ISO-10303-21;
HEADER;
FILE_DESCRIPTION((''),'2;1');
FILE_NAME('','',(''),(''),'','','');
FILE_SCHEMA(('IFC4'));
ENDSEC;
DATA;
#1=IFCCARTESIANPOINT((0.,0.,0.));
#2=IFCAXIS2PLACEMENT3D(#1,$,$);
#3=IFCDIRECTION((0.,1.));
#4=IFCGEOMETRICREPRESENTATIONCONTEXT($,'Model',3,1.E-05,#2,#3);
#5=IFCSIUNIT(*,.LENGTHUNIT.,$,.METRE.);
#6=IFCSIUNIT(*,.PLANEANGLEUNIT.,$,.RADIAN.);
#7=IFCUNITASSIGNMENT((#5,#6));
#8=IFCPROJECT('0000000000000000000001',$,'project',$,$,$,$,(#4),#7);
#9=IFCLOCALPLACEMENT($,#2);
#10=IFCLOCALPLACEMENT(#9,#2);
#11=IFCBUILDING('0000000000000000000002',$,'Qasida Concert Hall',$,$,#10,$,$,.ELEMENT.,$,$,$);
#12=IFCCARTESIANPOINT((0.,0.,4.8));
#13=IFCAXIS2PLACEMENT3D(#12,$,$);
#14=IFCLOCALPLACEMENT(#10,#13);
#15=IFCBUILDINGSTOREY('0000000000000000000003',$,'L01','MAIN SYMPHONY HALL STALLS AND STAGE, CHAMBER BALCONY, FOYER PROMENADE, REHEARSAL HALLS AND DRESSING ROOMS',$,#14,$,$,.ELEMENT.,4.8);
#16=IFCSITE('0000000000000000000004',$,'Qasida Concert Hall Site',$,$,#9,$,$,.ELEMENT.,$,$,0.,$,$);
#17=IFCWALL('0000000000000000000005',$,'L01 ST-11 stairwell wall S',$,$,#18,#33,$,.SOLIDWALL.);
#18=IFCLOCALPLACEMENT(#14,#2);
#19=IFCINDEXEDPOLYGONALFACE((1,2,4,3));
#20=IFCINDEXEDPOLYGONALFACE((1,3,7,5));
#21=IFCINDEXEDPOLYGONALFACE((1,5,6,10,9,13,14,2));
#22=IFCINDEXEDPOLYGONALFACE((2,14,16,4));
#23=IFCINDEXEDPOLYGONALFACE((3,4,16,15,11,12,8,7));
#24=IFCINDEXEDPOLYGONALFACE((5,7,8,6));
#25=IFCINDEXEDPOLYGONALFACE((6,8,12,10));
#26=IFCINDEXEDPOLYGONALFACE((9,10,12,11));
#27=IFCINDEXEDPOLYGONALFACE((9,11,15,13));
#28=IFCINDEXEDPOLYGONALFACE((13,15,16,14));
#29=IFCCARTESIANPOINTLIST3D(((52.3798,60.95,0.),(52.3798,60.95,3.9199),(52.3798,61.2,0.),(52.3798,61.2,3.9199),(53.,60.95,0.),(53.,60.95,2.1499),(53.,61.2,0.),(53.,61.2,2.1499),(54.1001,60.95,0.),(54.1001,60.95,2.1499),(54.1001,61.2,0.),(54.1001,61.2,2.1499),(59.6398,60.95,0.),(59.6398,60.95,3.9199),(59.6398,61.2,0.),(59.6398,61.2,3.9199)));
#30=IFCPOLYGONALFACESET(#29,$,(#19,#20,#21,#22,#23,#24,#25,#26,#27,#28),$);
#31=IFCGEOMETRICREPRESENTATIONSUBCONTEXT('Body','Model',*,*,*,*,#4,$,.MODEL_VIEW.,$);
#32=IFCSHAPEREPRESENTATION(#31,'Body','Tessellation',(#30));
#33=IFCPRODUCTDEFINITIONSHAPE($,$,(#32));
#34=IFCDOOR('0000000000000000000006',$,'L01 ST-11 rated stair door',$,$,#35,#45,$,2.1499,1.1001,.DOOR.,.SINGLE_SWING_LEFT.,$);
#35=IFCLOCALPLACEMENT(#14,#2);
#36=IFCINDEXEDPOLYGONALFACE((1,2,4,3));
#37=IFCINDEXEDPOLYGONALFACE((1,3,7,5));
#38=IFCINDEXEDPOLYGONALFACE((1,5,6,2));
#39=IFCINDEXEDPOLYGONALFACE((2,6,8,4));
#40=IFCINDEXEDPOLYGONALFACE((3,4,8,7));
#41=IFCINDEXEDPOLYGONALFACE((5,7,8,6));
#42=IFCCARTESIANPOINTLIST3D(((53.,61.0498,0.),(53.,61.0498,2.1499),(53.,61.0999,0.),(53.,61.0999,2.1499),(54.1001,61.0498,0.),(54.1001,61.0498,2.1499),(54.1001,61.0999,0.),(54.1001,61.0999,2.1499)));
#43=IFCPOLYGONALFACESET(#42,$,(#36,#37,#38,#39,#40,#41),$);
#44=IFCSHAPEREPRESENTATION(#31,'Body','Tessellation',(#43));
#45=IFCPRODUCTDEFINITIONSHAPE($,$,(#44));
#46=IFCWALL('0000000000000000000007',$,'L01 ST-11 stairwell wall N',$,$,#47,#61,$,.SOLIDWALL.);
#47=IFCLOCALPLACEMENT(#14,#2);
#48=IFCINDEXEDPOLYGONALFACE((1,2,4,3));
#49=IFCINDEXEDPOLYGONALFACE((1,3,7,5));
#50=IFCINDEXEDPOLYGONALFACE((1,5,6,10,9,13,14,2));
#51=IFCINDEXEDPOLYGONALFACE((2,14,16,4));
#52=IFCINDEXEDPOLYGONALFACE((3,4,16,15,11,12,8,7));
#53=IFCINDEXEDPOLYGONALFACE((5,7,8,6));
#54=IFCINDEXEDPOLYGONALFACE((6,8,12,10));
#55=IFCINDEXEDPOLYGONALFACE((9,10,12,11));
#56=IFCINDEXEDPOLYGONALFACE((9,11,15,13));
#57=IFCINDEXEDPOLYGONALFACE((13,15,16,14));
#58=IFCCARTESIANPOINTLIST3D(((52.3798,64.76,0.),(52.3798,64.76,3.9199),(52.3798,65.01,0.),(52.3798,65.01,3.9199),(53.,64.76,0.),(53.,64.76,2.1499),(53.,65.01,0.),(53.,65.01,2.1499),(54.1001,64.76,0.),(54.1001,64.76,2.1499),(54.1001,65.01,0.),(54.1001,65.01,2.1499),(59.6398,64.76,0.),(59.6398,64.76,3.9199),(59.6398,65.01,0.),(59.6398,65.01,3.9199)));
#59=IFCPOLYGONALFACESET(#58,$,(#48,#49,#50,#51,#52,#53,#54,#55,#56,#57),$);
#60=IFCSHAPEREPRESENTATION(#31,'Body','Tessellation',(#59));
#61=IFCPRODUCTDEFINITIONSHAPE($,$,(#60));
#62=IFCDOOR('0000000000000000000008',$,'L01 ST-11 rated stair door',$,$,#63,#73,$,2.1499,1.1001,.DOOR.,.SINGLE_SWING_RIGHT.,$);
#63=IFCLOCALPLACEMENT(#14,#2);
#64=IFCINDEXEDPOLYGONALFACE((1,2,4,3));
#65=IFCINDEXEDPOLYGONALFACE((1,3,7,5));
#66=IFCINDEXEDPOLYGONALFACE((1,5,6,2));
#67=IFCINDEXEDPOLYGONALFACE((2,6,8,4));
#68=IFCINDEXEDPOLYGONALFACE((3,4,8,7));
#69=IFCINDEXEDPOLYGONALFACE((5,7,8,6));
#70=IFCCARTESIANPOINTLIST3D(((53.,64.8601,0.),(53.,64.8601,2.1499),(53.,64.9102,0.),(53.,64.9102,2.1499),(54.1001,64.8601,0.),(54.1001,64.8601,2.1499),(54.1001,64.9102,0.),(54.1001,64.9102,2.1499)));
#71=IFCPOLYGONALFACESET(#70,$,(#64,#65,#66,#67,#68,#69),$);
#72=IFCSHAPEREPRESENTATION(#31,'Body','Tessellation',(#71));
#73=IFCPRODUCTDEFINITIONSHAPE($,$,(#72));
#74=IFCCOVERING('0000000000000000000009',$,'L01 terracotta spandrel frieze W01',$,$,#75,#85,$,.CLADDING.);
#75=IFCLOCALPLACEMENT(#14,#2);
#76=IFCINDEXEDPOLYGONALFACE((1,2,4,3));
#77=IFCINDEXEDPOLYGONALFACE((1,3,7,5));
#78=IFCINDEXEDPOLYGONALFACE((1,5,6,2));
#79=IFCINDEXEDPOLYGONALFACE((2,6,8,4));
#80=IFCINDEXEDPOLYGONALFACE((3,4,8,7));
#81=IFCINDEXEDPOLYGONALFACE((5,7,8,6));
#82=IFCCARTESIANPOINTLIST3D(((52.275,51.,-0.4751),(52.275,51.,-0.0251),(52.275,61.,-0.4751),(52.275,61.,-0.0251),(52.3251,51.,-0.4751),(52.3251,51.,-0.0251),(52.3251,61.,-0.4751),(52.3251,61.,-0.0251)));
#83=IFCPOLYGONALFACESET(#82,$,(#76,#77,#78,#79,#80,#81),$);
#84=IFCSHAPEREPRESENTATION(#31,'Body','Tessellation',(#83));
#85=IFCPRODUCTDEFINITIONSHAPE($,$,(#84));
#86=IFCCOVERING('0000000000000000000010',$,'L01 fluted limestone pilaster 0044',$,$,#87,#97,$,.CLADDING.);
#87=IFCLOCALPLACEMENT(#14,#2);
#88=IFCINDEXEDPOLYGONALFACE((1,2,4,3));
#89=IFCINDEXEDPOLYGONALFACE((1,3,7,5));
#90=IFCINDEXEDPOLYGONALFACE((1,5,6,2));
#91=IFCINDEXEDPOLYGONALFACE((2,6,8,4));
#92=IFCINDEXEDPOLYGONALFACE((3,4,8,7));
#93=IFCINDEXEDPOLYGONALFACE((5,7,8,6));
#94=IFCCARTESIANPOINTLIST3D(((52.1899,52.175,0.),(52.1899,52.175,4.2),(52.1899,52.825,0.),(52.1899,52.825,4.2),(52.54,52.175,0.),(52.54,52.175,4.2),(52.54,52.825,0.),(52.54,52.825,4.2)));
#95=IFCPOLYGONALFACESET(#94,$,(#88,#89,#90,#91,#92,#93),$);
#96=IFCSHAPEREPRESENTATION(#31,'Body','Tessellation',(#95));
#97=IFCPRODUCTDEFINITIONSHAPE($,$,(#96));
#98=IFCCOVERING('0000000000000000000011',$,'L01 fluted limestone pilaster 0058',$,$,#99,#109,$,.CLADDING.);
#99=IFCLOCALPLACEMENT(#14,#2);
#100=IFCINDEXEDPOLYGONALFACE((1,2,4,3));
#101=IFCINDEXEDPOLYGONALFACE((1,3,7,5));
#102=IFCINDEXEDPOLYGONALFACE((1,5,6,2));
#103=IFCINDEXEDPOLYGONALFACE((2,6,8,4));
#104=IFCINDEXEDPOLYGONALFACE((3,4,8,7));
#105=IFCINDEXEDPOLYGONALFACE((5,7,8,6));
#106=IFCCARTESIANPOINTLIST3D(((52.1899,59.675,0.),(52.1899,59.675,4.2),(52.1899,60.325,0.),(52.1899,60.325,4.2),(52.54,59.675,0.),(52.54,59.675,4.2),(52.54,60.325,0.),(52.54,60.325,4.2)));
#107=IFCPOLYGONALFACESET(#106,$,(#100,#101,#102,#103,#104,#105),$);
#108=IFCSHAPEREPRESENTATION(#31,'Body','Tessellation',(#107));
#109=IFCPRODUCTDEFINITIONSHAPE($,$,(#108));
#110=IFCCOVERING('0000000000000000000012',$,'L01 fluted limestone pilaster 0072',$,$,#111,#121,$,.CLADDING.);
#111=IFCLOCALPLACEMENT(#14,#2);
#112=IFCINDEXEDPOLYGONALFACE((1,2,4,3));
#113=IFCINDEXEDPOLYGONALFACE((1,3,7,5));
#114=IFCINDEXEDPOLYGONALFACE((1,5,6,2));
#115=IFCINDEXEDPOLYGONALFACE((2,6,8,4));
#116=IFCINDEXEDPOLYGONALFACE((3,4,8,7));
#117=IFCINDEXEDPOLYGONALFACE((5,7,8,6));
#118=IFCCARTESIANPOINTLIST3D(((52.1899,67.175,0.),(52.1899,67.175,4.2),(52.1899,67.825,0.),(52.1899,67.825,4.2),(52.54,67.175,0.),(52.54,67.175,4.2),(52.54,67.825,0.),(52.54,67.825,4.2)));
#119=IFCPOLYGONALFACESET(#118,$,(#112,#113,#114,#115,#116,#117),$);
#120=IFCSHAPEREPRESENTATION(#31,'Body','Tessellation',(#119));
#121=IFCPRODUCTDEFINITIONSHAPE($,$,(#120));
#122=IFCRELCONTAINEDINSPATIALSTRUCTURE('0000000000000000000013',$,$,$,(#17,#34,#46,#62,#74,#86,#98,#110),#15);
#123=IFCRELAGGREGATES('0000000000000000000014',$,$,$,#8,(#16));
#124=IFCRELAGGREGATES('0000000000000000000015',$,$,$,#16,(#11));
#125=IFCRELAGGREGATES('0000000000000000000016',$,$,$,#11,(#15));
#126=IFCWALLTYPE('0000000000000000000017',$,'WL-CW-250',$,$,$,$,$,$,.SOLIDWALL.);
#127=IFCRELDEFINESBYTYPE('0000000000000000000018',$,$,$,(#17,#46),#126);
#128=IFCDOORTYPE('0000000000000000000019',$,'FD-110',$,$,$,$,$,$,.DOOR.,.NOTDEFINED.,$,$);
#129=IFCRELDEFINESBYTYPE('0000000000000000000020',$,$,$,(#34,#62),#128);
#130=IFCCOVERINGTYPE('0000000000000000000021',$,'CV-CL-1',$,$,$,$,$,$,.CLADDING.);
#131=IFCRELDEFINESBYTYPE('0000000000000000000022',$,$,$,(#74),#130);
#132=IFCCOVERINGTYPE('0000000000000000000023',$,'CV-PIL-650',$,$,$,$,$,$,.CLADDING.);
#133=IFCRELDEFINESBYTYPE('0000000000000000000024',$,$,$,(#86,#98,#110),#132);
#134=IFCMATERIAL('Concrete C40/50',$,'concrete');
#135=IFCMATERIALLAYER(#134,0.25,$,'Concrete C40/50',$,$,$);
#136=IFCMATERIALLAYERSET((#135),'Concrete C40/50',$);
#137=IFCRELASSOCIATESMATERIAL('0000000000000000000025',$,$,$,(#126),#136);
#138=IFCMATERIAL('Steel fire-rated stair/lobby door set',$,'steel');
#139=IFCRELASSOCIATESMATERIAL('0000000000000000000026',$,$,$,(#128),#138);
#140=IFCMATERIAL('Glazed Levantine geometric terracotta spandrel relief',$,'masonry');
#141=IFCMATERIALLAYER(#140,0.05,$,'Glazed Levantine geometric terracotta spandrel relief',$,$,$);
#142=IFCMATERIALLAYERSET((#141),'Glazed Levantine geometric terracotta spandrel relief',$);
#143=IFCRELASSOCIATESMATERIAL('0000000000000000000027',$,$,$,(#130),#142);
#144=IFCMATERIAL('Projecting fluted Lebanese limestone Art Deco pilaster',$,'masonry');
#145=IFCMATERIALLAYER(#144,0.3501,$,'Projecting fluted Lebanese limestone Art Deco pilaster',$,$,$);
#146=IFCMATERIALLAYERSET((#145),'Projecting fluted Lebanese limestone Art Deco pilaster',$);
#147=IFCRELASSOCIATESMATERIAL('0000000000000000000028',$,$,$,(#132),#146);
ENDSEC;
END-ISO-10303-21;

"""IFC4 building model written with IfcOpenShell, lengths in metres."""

from ifc_helpers import new_model, si_unit, direction, frame, frame_2d, origin, origin_2d, place, context, subcontext, project, spatial, rectangle, extrude, material, layer, layer_set, type_object, element, fill, save


model = new_model("IFC4")

# Units and contexts
model_context = context("Model", 3, precision=1e-05, world=origin(), true_north=direction((0.0, 1.0)))
body_context = subcontext(model_context, "Body", "Model", "MODEL_VIEW")
ifc_project = project(units=[si_unit("LENGTHUNIT", "METRE"), si_unit("PLANEANGLEUNIT", "RADIAN")], contexts=[model_context])

# Site, building, storey
site_placement = place(None, origin())
site = spatial("IfcSite", under=ifc_project, at=site_placement, Name="Qasida Concert Hall Site", CompositionType="ELEMENT", RefElevation=0.0)
building_placement = place(site_placement, origin())
building = spatial("IfcBuilding", under=site, at=building_placement, Name="Qasida Concert Hall", CompositionType="ELEMENT")
storey_placement = place(building_placement, frame((0.0, 0.0, 4.8)))
storey = spatial("IfcBuildingStorey", under=building, at=storey_placement, Name="L01", Description="MAIN SYMPHONY HALL STALLS AND STAGE, CHAMBER BALCONY, FOYER PROMENADE, REHEARSAL HALLS AND DRESSING ROOMS", CompositionType="ELEMENT", Elevation=4.8)

# Shared definitions
ifc_material_1 = material(Name="Concrete C40/50", Category="concrete")

# Walls, openings, doors
ifc_layer_1 = layer(ifc_material_1, 0.25, Name="Concrete C40/50")
ifc_layer_set_1 = layer_set([ifc_layer_1], Name="Concrete C40/50")
wall_type = type_object("IfcWallType", Name="WL-CW-250", PredefinedType="SOLIDWALL", material=ifc_layer_set_1)
wall_1_placement = place(storey_placement, frame((52.3799, 61.075, 0.0), z_axis=(0.0, 0.0, 1.0), x_axis=(1.0, 0.0, 0.0)))
wall_1 = element("IfcWall", 1, at=wall_1_placement, inside=storey, type_object=wall_type, Name="L01 ST-11 stairwell wall S", PredefinedType="SOLIDWALL", context=body_context, shape_type="SweptSolid", body=[
    extrude(rectangle(XDim=7.26, YDim=0.25, at=frame_2d((3.6299, 0.0))), origin(), (0.0, 0.0, 1.0), 3.9199),
])
opening_1_placement = place(wall_1_placement, frame((0.6201, 0.0, 0.0)))
opening_1 = element("IfcOpeningElement", 2, at=opening_1_placement, cuts=wall_1, PredefinedType="OPENING", context=body_context, shape_type="SweptSolid", body=[
    extrude(rectangle(XDim=1.1001, YDim=2.1499, at=frame_2d((0.55, 1.075))), frame((0.0, 0.135, 0.0), z_axis=(0.0, -1.0, 0.0), x_axis=(1.0, 0.0, 0.0)), (0.0, 0.0, 1.0), 0.27),
])
ifc_material_2 = material(Name="Steel fire-rated stair/lobby door set", Category="steel")
door_type = type_object("IfcDoorType", Name="FD-110", OperationType="NOTDEFINED", PredefinedType="DOOR", material=ifc_material_2)
door_1_placement = place(opening_1_placement, origin())
door_1 = element("IfcDoor", 3, at=door_1_placement, inside=storey, type_object=door_type, Name="L01 ST-11 rated stair door", OperationType="SINGLE_SWING_LEFT", OverallHeight=2.1499, OverallWidth=1.1001, PredefinedType="DOOR", context=body_context, shape_type="SweptSolid", body=[
    extrude(rectangle(XDim=1.1001, YDim=2.1499, at=frame_2d((0.55, 1.075))), frame((0.0, 0.0249, 0.0), z_axis=(0.0, -1.0, 0.0), x_axis=(1.0, 0.0, 0.0)), (0.0, 0.0, 1.0), 0.05),
])
fill(opening_1, door_1)
wall_2_placement = place(storey_placement, frame((52.3799, 64.885, 0.0), z_axis=(0.0, 0.0, 1.0), x_axis=(1.0, 0.0, 0.0)))
wall_2 = element("IfcWall", 4, at=wall_2_placement, inside=storey, type_object=wall_type, Name="L01 ST-11 stairwell wall N", PredefinedType="SOLIDWALL", context=body_context, shape_type="SweptSolid", body=[
    extrude(rectangle(XDim=7.26, YDim=0.25, at=frame_2d((3.6299, 0.0))), origin(), (0.0, 0.0, 1.0), 3.9199),
])
opening_2_placement = place(wall_2_placement, frame((0.6201, 0.0, 0.0)))
opening_2 = element("IfcOpeningElement", 5, at=opening_2_placement, cuts=wall_2, PredefinedType="OPENING", context=body_context, shape_type="SweptSolid", body=[
    extrude(rectangle(XDim=1.1001, YDim=2.1499, at=frame_2d((0.55, 1.075))), frame((0.0, 0.135, 0.0), z_axis=(0.0, -1.0, 0.0), x_axis=(1.0, 0.0, 0.0)), (0.0, 0.0, 1.0), 0.27),
])
door_2_placement = place(opening_2_placement, frame((1.1001, 0.0, 0.0), z_axis=(0.0, 0.0, 1.0), x_axis=(-1.0, 0.0, 0.0)))
door_2 = element("IfcDoor", 6, at=door_2_placement, inside=storey, type_object=door_type, Name="L01 ST-11 rated stair door", OperationType="SINGLE_SWING_RIGHT", OverallHeight=2.1499, OverallWidth=1.1001, PredefinedType="DOOR", context=body_context, shape_type="SweptSolid", body=[
    extrude(rectangle(XDim=1.1001, YDim=2.1499, at=frame_2d((0.55, 1.075))), frame((0.0, 0.0249, 0.0), z_axis=(0.0, -1.0, 0.0), x_axis=(1.0, 0.0, 0.0)), (0.0, 0.0, 1.0), 0.05),
])
fill(opening_2, door_2)

# Coverings
ifc_material_3 = material(Name="Glazed Levantine geometric terracotta spandrel relief", Category="masonry")
ifc_layer_2 = layer(ifc_material_3, 0.05, Name="Glazed Levantine geometric terracotta spandrel relief")
ifc_layer_set_2 = layer_set([ifc_layer_2], Name="Glazed Levantine geometric terracotta spandrel relief")
covering_type_1 = type_object("IfcCoveringType", Name="CV-CL-1", PredefinedType="CLADDING", material=ifc_layer_set_2)
covering_placement = place(storey_placement, frame((52.3, 56.0, -0.4751), z_axis=(0.0, 0.0, 1.0), x_axis=(1.0, 0.0, 0.0)))
element("IfcCovering", 7, at=covering_placement, inside=storey, type_object=covering_type_1, Name="L01 terracotta spandrel frieze W01", PredefinedType="CLADDING", context=body_context, shape_type="SweptSolid", body=[
    extrude(rectangle(XDim=0.05, YDim=10.0, at=origin_2d()), origin(), (0.0, 0.0, 1.0), 0.45),
])
ifc_material_4 = material(Name="Projecting fluted Lebanese limestone Art Deco pilaster", Category="masonry")
ifc_layer_3 = layer(ifc_material_4, 0.3501, Name="Projecting fluted Lebanese limestone Art Deco pilaster")
ifc_layer_set_3 = layer_set([ifc_layer_3], Name="Projecting fluted Lebanese limestone Art Deco pilaster")
covering_type_2 = type_object("IfcCoveringType", Name="CV-PIL-650", PredefinedType="CLADDING", material=ifc_layer_set_3)
for number, where, z_axis, x_axis, name in (
    (8, (52.365, 52.5, 0.0), (0.0, 0.0, 1.0), (1.0, 0.0, 0.0), "L01 fluted limestone pilaster 0044"),
    (9, (52.365, 60.0, 0.0), (0.0, 0.0, 1.0), (1.0, 0.0, 0.0), "L01 fluted limestone pilaster 0058"),
    (10, (52.365, 67.5, 0.0), (0.0, 0.0, 1.0), (1.0, 0.0, 0.0), "L01 fluted limestone pilaster 0072"),
):
    element("IfcCovering", number, at=place(storey_placement, frame(where, z_axis=z_axis, x_axis=x_axis)), inside=storey, type_object=covering_type_2, Name=name, PredefinedType="CLADDING", context=body_context, shape_type="SweptSolid", body=[
        extrude(rectangle(XDim=0.3501, YDim=0.6499, at=origin_2d()), origin(), (0.0, 0.0, 1.0), 4.2),
    ])

save(model, "model.ifc")
